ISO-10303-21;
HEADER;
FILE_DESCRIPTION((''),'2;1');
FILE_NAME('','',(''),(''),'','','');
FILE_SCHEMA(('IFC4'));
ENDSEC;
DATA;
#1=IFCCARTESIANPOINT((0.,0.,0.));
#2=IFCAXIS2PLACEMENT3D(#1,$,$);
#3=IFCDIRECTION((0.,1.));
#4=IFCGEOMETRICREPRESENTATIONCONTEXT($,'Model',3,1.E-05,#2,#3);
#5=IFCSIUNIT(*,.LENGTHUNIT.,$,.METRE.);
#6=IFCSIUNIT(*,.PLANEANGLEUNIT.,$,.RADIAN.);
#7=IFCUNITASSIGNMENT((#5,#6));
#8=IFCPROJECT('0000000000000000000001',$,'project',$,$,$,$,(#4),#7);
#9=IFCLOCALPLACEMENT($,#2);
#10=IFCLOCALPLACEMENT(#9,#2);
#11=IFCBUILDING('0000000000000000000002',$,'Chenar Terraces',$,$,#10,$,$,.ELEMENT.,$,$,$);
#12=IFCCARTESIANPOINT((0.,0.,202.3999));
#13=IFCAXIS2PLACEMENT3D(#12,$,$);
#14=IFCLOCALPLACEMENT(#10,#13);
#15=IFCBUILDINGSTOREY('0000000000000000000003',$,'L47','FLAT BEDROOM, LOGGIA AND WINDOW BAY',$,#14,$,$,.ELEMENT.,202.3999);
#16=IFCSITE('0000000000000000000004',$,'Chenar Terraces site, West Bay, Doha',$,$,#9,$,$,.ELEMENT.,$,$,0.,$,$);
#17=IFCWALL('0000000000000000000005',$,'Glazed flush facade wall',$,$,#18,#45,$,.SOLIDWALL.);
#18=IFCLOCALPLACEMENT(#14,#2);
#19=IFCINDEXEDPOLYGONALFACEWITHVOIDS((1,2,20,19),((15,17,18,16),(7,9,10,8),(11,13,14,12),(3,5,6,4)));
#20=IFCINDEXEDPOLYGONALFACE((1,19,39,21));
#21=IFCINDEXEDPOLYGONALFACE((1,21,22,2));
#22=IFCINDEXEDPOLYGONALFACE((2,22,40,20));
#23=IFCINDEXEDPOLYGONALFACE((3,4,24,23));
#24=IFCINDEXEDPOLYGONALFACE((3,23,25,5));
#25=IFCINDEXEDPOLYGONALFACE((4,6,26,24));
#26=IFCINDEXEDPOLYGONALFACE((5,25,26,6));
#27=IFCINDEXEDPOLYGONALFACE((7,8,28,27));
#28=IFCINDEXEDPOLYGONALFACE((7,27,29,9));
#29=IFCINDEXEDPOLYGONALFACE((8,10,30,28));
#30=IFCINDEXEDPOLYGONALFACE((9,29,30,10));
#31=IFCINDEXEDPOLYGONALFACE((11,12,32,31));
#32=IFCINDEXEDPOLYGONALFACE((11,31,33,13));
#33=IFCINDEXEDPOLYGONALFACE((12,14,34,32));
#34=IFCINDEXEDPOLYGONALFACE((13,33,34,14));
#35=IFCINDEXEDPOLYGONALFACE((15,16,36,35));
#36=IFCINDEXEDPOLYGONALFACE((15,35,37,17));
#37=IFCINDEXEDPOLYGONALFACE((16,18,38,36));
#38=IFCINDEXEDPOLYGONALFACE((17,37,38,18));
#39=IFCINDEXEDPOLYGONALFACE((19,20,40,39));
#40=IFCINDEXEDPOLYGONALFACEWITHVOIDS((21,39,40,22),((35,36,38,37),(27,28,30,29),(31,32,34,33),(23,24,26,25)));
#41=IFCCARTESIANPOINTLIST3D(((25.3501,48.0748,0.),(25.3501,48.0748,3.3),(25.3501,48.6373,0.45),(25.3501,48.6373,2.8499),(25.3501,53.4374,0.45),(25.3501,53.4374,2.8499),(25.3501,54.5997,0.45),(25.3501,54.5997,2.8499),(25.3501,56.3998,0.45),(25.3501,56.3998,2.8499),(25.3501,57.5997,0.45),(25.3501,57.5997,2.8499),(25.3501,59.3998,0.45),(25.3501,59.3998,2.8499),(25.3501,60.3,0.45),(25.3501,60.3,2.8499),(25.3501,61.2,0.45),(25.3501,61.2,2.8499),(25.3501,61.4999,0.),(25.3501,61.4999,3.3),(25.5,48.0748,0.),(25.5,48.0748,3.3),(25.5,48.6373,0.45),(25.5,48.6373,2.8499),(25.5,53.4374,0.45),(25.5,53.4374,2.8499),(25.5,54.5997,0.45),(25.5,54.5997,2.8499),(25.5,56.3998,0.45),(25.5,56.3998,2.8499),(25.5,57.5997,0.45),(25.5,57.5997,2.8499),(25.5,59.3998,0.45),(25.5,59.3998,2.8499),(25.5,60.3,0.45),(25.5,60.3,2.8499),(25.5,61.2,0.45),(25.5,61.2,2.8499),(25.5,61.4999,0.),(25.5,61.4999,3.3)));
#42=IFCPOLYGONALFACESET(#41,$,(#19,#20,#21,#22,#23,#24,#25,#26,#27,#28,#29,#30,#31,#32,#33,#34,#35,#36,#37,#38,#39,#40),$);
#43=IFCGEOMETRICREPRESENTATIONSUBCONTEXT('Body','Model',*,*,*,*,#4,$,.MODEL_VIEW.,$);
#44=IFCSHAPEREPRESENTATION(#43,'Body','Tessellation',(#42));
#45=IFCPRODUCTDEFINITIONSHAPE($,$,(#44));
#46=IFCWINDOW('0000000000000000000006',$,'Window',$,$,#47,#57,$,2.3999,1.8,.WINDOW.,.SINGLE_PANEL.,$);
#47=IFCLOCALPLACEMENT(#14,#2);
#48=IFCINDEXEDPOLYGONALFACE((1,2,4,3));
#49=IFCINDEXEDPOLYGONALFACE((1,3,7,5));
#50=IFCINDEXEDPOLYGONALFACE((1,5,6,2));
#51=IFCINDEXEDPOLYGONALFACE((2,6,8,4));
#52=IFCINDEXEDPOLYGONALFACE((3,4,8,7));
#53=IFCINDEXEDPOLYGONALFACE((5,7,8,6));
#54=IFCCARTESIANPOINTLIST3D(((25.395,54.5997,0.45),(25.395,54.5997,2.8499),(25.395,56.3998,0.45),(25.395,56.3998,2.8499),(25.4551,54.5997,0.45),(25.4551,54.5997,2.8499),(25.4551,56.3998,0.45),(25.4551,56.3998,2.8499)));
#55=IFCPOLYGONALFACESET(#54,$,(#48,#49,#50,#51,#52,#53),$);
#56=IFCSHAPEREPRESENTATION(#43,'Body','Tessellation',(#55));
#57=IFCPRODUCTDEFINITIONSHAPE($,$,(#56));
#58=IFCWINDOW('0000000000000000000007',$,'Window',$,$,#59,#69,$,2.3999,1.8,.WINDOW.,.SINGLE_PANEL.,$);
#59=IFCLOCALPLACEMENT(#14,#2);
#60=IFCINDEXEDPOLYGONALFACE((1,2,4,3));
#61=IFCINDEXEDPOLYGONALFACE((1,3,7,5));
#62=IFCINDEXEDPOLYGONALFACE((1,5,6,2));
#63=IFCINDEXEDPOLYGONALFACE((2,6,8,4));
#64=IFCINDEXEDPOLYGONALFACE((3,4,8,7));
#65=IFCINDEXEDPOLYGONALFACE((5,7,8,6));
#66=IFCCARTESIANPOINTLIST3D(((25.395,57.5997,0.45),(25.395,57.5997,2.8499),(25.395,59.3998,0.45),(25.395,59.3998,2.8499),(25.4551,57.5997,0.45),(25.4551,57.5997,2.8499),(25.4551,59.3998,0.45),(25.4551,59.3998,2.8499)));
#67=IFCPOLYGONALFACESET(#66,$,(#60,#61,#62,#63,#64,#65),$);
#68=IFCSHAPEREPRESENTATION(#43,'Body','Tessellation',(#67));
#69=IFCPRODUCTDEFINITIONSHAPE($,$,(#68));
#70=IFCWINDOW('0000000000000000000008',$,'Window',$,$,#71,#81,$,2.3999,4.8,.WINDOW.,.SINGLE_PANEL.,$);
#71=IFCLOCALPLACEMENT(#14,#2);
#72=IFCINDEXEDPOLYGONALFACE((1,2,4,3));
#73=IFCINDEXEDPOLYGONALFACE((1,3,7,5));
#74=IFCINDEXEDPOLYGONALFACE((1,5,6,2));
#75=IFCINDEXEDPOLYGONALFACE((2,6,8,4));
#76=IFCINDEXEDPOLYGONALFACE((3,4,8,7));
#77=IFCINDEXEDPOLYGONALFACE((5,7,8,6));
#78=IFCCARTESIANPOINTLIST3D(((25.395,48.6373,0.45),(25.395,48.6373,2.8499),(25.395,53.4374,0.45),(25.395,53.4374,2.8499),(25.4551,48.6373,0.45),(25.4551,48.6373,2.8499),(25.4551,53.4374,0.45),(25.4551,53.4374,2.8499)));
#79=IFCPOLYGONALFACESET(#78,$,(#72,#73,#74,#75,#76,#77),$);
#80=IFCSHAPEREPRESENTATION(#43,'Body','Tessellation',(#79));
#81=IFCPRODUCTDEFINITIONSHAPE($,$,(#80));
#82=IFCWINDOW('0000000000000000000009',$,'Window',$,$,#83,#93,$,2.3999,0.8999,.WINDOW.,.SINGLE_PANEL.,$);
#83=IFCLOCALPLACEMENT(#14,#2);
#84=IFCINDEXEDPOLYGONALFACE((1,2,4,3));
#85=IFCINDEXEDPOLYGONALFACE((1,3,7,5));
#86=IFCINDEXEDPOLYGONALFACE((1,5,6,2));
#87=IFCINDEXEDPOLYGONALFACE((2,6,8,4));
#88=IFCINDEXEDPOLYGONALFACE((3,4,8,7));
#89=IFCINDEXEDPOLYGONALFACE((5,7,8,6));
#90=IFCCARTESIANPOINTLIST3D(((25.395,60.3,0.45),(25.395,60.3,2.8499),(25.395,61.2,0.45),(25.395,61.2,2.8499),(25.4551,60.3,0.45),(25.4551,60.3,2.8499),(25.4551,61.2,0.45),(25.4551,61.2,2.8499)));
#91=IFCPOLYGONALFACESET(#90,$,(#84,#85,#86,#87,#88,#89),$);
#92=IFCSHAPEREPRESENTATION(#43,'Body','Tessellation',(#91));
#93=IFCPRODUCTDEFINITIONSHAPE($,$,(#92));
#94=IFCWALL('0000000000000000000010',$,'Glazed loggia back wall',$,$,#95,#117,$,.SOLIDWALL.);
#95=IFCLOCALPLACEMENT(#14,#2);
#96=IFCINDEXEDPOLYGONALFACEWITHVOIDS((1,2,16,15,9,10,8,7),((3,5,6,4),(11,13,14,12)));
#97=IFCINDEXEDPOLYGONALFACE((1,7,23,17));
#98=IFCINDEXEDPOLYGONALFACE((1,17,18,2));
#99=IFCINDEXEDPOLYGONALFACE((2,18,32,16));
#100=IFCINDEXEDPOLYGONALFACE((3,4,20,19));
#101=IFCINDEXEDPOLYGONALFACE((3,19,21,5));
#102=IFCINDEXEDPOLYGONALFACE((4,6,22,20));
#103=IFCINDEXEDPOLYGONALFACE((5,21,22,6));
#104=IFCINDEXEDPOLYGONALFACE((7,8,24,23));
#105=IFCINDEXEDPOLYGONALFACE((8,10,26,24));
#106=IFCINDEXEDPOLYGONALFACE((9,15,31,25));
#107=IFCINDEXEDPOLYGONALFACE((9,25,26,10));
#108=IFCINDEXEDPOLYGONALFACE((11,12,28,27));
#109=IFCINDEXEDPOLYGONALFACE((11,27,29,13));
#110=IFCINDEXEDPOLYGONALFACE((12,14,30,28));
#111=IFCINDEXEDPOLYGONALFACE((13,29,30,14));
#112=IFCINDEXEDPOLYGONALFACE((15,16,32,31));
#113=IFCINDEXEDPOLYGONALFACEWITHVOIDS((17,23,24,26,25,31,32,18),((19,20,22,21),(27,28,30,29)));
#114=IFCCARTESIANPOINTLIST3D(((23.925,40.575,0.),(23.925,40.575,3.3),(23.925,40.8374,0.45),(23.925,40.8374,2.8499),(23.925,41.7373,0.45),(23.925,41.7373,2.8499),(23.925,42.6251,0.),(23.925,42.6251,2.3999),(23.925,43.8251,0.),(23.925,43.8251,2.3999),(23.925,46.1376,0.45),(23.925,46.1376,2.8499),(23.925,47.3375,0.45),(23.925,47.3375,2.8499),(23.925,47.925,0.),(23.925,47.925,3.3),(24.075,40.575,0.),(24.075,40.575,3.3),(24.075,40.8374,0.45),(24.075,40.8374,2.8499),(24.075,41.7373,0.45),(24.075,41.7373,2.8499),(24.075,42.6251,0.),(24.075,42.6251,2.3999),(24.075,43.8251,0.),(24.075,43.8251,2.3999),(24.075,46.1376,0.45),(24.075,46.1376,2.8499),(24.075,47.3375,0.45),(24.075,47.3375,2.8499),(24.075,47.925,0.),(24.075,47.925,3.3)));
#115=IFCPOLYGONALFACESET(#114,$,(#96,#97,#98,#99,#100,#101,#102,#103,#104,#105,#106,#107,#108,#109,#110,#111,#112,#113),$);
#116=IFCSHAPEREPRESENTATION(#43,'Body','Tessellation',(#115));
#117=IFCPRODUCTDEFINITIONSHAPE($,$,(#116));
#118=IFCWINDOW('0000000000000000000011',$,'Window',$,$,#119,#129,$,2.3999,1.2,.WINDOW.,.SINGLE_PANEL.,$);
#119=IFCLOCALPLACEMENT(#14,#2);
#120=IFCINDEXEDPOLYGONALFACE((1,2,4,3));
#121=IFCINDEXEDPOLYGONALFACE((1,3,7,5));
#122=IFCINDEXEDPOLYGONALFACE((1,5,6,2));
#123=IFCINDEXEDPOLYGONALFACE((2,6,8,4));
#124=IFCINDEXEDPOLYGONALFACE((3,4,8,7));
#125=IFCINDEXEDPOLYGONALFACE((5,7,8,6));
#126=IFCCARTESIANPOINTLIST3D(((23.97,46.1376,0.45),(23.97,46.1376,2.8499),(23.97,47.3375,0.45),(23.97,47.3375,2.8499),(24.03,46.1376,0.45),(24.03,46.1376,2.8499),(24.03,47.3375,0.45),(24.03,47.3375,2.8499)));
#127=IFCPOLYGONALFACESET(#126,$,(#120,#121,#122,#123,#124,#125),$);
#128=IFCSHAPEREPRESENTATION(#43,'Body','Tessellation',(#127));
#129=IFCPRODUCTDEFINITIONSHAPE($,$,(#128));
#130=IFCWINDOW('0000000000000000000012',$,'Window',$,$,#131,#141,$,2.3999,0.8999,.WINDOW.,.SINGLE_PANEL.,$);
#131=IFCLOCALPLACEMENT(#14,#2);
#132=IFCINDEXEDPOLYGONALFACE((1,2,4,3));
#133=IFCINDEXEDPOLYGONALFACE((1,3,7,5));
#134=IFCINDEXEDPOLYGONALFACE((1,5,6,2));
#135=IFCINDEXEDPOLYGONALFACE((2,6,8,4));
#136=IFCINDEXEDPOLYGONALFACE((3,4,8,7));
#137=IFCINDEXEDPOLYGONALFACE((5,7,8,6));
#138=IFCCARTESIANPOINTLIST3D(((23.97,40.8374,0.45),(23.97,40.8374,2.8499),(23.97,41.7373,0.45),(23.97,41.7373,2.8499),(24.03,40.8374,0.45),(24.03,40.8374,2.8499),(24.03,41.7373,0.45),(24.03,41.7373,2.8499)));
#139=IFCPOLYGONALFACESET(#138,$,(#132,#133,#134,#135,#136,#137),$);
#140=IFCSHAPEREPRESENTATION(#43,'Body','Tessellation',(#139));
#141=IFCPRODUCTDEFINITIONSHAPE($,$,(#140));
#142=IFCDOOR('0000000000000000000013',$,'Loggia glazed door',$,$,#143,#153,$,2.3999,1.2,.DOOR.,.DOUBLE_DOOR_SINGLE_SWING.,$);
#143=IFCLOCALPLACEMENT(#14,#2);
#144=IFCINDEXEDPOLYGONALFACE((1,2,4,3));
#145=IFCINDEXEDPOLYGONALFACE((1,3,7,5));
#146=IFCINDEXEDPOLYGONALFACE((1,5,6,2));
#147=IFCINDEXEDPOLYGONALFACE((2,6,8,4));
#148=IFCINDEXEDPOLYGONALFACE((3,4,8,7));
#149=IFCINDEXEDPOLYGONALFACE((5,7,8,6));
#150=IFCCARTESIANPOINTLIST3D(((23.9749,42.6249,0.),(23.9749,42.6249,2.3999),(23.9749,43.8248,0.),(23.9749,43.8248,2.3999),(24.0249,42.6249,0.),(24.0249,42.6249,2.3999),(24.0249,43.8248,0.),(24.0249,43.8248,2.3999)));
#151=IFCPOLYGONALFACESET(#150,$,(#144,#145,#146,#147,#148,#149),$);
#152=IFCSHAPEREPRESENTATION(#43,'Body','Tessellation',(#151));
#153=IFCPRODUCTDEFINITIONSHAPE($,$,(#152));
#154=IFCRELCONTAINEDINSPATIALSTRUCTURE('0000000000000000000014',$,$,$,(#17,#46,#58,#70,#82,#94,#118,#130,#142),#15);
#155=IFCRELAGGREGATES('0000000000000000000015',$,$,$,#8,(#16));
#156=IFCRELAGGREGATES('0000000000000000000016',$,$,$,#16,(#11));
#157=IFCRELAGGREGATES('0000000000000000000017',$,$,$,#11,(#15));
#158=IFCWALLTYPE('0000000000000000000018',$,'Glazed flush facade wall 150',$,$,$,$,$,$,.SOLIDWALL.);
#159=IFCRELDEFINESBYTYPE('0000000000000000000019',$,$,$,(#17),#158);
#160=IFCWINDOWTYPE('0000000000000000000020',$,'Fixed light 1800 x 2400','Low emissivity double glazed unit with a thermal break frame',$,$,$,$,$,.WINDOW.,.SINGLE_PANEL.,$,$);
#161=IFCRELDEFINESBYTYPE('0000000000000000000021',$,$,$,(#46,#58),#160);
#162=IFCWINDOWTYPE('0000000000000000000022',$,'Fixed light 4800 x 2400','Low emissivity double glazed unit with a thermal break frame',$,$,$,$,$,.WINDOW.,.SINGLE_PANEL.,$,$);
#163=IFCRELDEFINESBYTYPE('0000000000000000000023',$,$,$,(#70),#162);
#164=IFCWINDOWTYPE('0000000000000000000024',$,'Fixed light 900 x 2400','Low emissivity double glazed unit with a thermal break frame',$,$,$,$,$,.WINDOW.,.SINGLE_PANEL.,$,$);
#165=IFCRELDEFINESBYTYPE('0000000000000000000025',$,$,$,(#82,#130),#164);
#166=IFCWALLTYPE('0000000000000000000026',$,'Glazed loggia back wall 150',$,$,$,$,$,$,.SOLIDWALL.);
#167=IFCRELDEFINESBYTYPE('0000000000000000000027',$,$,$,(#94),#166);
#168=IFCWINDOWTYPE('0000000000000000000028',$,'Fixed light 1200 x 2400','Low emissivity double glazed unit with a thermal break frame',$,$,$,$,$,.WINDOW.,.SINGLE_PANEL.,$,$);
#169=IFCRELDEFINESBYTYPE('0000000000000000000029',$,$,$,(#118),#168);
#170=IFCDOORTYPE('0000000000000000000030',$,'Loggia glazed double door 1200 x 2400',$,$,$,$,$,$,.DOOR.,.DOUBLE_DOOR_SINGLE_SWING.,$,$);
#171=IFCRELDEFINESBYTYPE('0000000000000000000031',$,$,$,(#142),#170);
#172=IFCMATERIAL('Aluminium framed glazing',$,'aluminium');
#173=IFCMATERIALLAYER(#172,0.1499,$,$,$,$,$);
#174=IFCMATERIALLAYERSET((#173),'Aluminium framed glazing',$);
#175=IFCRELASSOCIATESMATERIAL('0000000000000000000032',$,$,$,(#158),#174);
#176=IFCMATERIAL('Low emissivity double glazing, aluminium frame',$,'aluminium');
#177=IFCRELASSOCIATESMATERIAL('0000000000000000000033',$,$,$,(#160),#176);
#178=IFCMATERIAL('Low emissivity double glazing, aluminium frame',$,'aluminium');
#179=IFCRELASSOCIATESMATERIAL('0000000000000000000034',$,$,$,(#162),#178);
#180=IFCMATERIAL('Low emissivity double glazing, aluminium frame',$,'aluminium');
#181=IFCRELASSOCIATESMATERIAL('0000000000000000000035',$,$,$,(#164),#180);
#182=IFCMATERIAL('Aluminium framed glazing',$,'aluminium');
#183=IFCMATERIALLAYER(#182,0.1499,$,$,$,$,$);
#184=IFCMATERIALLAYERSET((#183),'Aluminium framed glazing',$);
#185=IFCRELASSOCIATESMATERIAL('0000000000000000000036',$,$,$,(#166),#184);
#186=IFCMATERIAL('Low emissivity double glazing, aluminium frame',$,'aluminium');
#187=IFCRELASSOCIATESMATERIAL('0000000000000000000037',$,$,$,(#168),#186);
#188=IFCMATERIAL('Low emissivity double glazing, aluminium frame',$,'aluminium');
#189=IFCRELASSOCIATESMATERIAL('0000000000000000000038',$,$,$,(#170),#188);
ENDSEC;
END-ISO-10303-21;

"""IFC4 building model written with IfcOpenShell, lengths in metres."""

from ifc_helpers import new_model, si_unit, direction, frame, frame_2d, origin, place, context, subcontext, project, spatial, rectangle, extrude, material, layer, layer_set, type_object, element, fill, save


model = new_model("IFC4")

# Units and contexts
model_context = context("Model", 3, precision=1e-05, world=origin(), true_north=direction((0.0, 1.0)))
body_context = subcontext(model_context, "Body", "Model", "MODEL_VIEW")
ifc_project = project(units=[si_unit("LENGTHUNIT", "METRE"), si_unit("PLANEANGLEUNIT", "RADIAN")], contexts=[model_context])

# Site, building, storey
site_placement = place(None, origin())
site = spatial("IfcSite", under=ifc_project, at=site_placement, Name="Chenar Terraces site, West Bay, Doha", CompositionType="ELEMENT", RefElevation=0.0)
building_placement = place(site_placement, origin())
building = spatial("IfcBuilding", under=site, at=building_placement, Name="Chenar Terraces", CompositionType="ELEMENT")
storey_placement = place(building_placement, frame((0.0, 0.0, 202.3999)))
storey = spatial("IfcBuildingStorey", under=building, at=storey_placement, Name="L47", Description="FLAT BEDROOM, LOGGIA AND WINDOW BAY", CompositionType="ELEMENT", Elevation=202.3999)

# Wall, openings, windows
ifc_material_1 = material(Name="Aluminium framed glazing", Category="aluminium")
ifc_layer_1 = layer(ifc_material_1, 0.1499)
ifc_layer_set_1 = layer_set([ifc_layer_1], Name="Aluminium framed glazing")
wall_type_1 = type_object("IfcWallType", Name="Glazed flush facade wall 150", PredefinedType="SOLIDWALL", material=ifc_layer_set_1)
wall_1_placement = place(storey_placement, frame((25.425, 48.075, 0.0), z_axis=(0.0, 0.0, 1.0), x_axis=(0.0, 1.0, 0.0)))
wall_1 = element("IfcWall", 1, at=wall_1_placement, inside=storey, type_object=wall_type_1, Name="Glazed flush facade wall", PredefinedType="SOLIDWALL", context=body_context, shape_type="SweptSolid", body=[
    extrude(rectangle(XDim=13.425, YDim=0.1499, at=frame_2d((6.7124, 0.0))), origin(), (0.0, 0.0, 1.0), 3.3),
])
opening_1_placement = place(wall_1_placement, frame((0.5625, 0.0, 0.45)))
opening_1 = element("IfcOpeningElement", 2, at=opening_1_placement, cuts=wall_1, PredefinedType="OPENING", context=body_context, shape_type="SweptSolid", body=[
    extrude(rectangle(XDim=4.8, YDim=2.3999, at=frame_2d((2.3999, 1.2))), frame((0.0, 0.085, 0.0), z_axis=(0.0, -1.0, 0.0), x_axis=(1.0, 0.0, 0.0)), (0.0, 0.0, 1.0), 0.1699),
])
opening_2_placement = place(wall_1_placement, frame((6.5249, 0.0, 0.45)))
opening_2 = element("IfcOpeningElement", 3, at=opening_2_placement, cuts=wall_1, PredefinedType="OPENING", context=body_context, shape_type="SweptSolid", body=[
    extrude(rectangle(XDim=1.8, YDim=2.3999, at=frame_2d((0.8999, 1.2))), frame((0.0, 0.085, 0.0), z_axis=(0.0, -1.0, 0.0), x_axis=(1.0, 0.0, 0.0)), (0.0, 0.0, 1.0), 0.1699),
])
opening_3_placement = place(wall_1_placement, frame((9.5249, 0.0, 0.45)))
opening_3 = element("IfcOpeningElement", 4, at=opening_3_placement, cuts=wall_1, PredefinedType="OPENING", context=body_context, shape_type="SweptSolid", body=[
    extrude(rectangle(XDim=1.8, YDim=2.3999, at=frame_2d((0.8999, 1.2))), frame((0.0, 0.085, 0.0), z_axis=(0.0, -1.0, 0.0), x_axis=(1.0, 0.0, 0.0)), (0.0, 0.0, 1.0), 0.1699),
])
opening_4_placement = place(wall_1_placement, frame((12.2251, 0.0, 0.45)))
opening_4 = element("IfcOpeningElement", 5, at=opening_4_placement, cuts=wall_1, PredefinedType="OPENING", context=body_context, shape_type="SweptSolid", body=[
    extrude(rectangle(XDim=0.8999, YDim=2.3999, at=frame_2d((0.45, 1.2))), frame((0.0, 0.085, 0.0), z_axis=(0.0, -1.0, 0.0), x_axis=(1.0, 0.0, 0.0)), (0.0, 0.0, 1.0), 0.1699),
])
ifc_material_2 = material(Name="Low emissivity double glazing, aluminium frame", Category="aluminium")
window_type_1 = type_object("IfcWindowType", Name="Fixed light 1800 x 2400", Description="Low emissivity double glazed unit with a thermal break frame", PartitioningType="SINGLE_PANEL", PredefinedType="WINDOW", material=ifc_material_2)
window_1_placement = place(opening_2_placement, origin())
window_1 = element("IfcWindow", 6, at=window_1_placement, inside=storey, type_object=window_type_1, Name="Window", OverallHeight=2.3999, OverallWidth=1.8, PartitioningType="SINGLE_PANEL", PredefinedType="WINDOW", context=body_context, shape_type="SweptSolid", body=[
    extrude(rectangle(XDim=1.8, YDim=2.3999, at=frame_2d((0.8999, 1.2))), frame((0.0, 0.03, 0.0), z_axis=(0.0, -1.0, 0.0), x_axis=(1.0, 0.0, 0.0)), (0.0, 0.0, 1.0), 0.0601),
])
fill(opening_2, window_1)
window_2_placement = place(opening_3_placement, origin())
window_2 = element("IfcWindow", 7, at=window_2_placement, inside=storey, type_object=window_type_1, Name="Window", OverallHeight=2.3999, OverallWidth=1.8, PartitioningType="SINGLE_PANEL", PredefinedType="WINDOW", context=body_context, shape_type="SweptSolid", body=[
    extrude(rectangle(XDim=1.8, YDim=2.3999, at=frame_2d((0.8999, 1.2))), frame((0.0, 0.03, 0.0), z_axis=(0.0, -1.0, 0.0), x_axis=(1.0, 0.0, 0.0)), (0.0, 0.0, 1.0), 0.0601),
])
fill(opening_3, window_2)
ifc_material_3 = material(Name="Low emissivity double glazing, aluminium frame", Category="aluminium")
window_type_2 = type_object("IfcWindowType", Name="Fixed light 4800 x 2400", Description="Low emissivity double glazed unit with a thermal break frame", PartitioningType="SINGLE_PANEL", PredefinedType="WINDOW", material=ifc_material_3)
window_3_placement = place(opening_1_placement, origin())
window_3 = element("IfcWindow", 8, at=window_3_placement, inside=storey, type_object=window_type_2, Name="Window", OverallHeight=2.3999, OverallWidth=4.8, PartitioningType="SINGLE_PANEL", PredefinedType="WINDOW", context=body_context, shape_type="SweptSolid", body=[
    extrude(rectangle(XDim=4.8, YDim=2.3999, at=frame_2d((2.3999, 1.2))), frame((0.0, 0.03, 0.0), z_axis=(0.0, -1.0, 0.0), x_axis=(1.0, 0.0, 0.0)), (0.0, 0.0, 1.0), 0.0601),
])
fill(opening_1, window_3)
ifc_material_4 = material(Name="Low emissivity double glazing, aluminium frame", Category="aluminium")
window_type_3 = type_object("IfcWindowType", Name="Fixed light 900 x 2400", Description="Low emissivity double glazed unit with a thermal break frame", PartitioningType="SINGLE_PANEL", PredefinedType="WINDOW", material=ifc_material_4)
window_4_placement = place(opening_4_placement, origin())
window_4 = element("IfcWindow", 9, at=window_4_placement, inside=storey, type_object=window_type_3, Name="Window", OverallHeight=2.3999, OverallWidth=0.8999, PartitioningType="SINGLE_PANEL", PredefinedType="WINDOW", context=body_context, shape_type="SweptSolid", body=[
    extrude(rectangle(XDim=0.8999, YDim=2.3999, at=frame_2d((0.45, 1.2))), frame((0.0, 0.03, 0.0), z_axis=(0.0, -1.0, 0.0), x_axis=(1.0, 0.0, 0.0)), (0.0, 0.0, 1.0), 0.0601),
])
fill(opening_4, window_4)

# Wall, openings, windows, door
ifc_material_5 = material(Name="Aluminium framed glazing", Category="aluminium")
ifc_layer_2 = layer(ifc_material_5, 0.1499)
ifc_layer_set_2 = layer_set([ifc_layer_2], Name="Aluminium framed glazing")
wall_type_2 = type_object("IfcWallType", Name="Glazed loggia back wall 150", PredefinedType="SOLIDWALL", material=ifc_layer_set_2)
wall_2_placement = place(storey_placement, frame((24.0, 40.575, 0.0), z_axis=(0.0, 0.0, 1.0), x_axis=(0.0, 1.0, 0.0)))
wall_2 = element("IfcWall", 10, at=wall_2_placement, inside=storey, type_object=wall_type_2, Name="Glazed loggia back wall", PredefinedType="SOLIDWALL", context=body_context, shape_type="SweptSolid", body=[
    extrude(rectangle(XDim=7.3501, YDim=0.1499, at=frame_2d((3.675, 0.0))), origin(), (0.0, 0.0, 1.0), 3.3),
])
opening_5_placement = place(wall_2_placement, frame((0.2625, 0.0, 0.45)))
opening_5 = element("IfcOpeningElement", 11, at=opening_5_placement, cuts=wall_2, PredefinedType="OPENING", context=body_context, shape_type="SweptSolid", body=[
    extrude(rectangle(XDim=0.8999, YDim=2.3999, at=frame_2d((0.45, 1.2))), frame((0.0, 0.085, 0.0), z_axis=(0.0, -1.0, 0.0), x_axis=(1.0, 0.0, 0.0)), (0.0, 0.0, 1.0), 0.1699),
])
opening_6_placement = place(wall_2_placement, frame((2.05, 0.0, 0.0)))
opening_6 = element("IfcOpeningElement", 12, at=opening_6_placement, cuts=wall_2, PredefinedType="OPENING", context=body_context, shape_type="SweptSolid", body=[
    extrude(rectangle(XDim=1.2, YDim=2.3999, at=frame_2d((0.6001, 1.2))), frame((0.0, 0.085, 0.0), z_axis=(0.0, -1.0, 0.0), x_axis=(1.0, 0.0, 0.0)), (0.0, 0.0, 1.0), 0.1699),
])
opening_7_placement = place(wall_2_placement, frame((5.5625, 0.0, 0.45)))
opening_7 = element("IfcOpeningElement", 13, at=opening_7_placement, cuts=wall_2, PredefinedType="OPENING", context=body_context, shape_type="SweptSolid", body=[
    extrude(rectangle(XDim=1.2, YDim=2.3999, at=frame_2d((0.6001, 1.2))), frame((0.0, 0.085, 0.0), z_axis=(0.0, -1.0, 0.0), x_axis=(1.0, 0.0, 0.0)), (0.0, 0.0, 1.0), 0.1699),
])
ifc_material_6 = material(Name="Low emissivity double glazing, aluminium frame", Category="aluminium")
window_type_4 = type_object("IfcWindowType", Name="Fixed light 1200 x 2400", Description="Low emissivity double glazed unit with a thermal break frame", PartitioningType="SINGLE_PANEL", PredefinedType="WINDOW", material=ifc_material_6)
window_5_placement = place(opening_7_placement, origin())
window_5 = element("IfcWindow", 14, at=window_5_placement, inside=storey, type_object=window_type_4, Name="Window", OverallHeight=2.3999, OverallWidth=1.2, PartitioningType="SINGLE_PANEL", PredefinedType="WINDOW", context=body_context, shape_type="SweptSolid", body=[
    extrude(rectangle(XDim=1.2, YDim=2.3999, at=frame_2d((0.6001, 1.2))), frame((0.0, 0.03, 0.0), z_axis=(0.0, -1.0, 0.0), x_axis=(1.0, 0.0, 0.0)), (0.0, 0.0, 1.0), 0.0601),
])
fill(opening_7, window_5)
window_6_placement = place(opening_5_placement, origin())
window_6 = element("IfcWindow", 15, at=window_6_placement, inside=storey, type_object=window_type_3, Name="Window", OverallHeight=2.3999, OverallWidth=0.8999, PartitioningType="SINGLE_PANEL", PredefinedType="WINDOW", context=body_context, shape_type="SweptSolid", body=[
    extrude(rectangle(XDim=0.8999, YDim=2.3999, at=frame_2d((0.45, 1.2))), frame((0.0, 0.03, 0.0), z_axis=(0.0, -1.0, 0.0), x_axis=(1.0, 0.0, 0.0)), (0.0, 0.0, 1.0), 0.0601),
])
fill(opening_5, window_6)
ifc_material_7 = material(Name="Low emissivity double glazing, aluminium frame", Category="aluminium")
door_type = type_object("IfcDoorType", Name="Loggia glazed double door 1200 x 2400", OperationType="DOUBLE_DOOR_SINGLE_SWING", PredefinedType="DOOR", material=ifc_material_7)
door_placement = place(opening_6_placement, frame((1.2, 0.0, 0.0), z_axis=(0.0, 0.0, 1.0), x_axis=(-1.0, 0.0, 0.0)))
door = element("IfcDoor", 16, at=door_placement, inside=storey, type_object=door_type, Name="Loggia glazed door", OperationType="DOUBLE_DOOR_SINGLE_SWING", OverallHeight=2.3999, OverallWidth=1.2, PredefinedType="DOOR", context=body_context, shape_type="SweptSolid", body=[
    extrude(rectangle(XDim=1.2, YDim=2.3999, at=frame_2d((0.6001, 1.2))), frame((0.0, 0.0249, 0.0), z_axis=(0.0, -1.0, 0.0), x_axis=(1.0, 0.0, 0.0)), (0.0, 0.0, 1.0), 0.05),
])
fill(opening_6, door)

save(model, "model.ifc")
